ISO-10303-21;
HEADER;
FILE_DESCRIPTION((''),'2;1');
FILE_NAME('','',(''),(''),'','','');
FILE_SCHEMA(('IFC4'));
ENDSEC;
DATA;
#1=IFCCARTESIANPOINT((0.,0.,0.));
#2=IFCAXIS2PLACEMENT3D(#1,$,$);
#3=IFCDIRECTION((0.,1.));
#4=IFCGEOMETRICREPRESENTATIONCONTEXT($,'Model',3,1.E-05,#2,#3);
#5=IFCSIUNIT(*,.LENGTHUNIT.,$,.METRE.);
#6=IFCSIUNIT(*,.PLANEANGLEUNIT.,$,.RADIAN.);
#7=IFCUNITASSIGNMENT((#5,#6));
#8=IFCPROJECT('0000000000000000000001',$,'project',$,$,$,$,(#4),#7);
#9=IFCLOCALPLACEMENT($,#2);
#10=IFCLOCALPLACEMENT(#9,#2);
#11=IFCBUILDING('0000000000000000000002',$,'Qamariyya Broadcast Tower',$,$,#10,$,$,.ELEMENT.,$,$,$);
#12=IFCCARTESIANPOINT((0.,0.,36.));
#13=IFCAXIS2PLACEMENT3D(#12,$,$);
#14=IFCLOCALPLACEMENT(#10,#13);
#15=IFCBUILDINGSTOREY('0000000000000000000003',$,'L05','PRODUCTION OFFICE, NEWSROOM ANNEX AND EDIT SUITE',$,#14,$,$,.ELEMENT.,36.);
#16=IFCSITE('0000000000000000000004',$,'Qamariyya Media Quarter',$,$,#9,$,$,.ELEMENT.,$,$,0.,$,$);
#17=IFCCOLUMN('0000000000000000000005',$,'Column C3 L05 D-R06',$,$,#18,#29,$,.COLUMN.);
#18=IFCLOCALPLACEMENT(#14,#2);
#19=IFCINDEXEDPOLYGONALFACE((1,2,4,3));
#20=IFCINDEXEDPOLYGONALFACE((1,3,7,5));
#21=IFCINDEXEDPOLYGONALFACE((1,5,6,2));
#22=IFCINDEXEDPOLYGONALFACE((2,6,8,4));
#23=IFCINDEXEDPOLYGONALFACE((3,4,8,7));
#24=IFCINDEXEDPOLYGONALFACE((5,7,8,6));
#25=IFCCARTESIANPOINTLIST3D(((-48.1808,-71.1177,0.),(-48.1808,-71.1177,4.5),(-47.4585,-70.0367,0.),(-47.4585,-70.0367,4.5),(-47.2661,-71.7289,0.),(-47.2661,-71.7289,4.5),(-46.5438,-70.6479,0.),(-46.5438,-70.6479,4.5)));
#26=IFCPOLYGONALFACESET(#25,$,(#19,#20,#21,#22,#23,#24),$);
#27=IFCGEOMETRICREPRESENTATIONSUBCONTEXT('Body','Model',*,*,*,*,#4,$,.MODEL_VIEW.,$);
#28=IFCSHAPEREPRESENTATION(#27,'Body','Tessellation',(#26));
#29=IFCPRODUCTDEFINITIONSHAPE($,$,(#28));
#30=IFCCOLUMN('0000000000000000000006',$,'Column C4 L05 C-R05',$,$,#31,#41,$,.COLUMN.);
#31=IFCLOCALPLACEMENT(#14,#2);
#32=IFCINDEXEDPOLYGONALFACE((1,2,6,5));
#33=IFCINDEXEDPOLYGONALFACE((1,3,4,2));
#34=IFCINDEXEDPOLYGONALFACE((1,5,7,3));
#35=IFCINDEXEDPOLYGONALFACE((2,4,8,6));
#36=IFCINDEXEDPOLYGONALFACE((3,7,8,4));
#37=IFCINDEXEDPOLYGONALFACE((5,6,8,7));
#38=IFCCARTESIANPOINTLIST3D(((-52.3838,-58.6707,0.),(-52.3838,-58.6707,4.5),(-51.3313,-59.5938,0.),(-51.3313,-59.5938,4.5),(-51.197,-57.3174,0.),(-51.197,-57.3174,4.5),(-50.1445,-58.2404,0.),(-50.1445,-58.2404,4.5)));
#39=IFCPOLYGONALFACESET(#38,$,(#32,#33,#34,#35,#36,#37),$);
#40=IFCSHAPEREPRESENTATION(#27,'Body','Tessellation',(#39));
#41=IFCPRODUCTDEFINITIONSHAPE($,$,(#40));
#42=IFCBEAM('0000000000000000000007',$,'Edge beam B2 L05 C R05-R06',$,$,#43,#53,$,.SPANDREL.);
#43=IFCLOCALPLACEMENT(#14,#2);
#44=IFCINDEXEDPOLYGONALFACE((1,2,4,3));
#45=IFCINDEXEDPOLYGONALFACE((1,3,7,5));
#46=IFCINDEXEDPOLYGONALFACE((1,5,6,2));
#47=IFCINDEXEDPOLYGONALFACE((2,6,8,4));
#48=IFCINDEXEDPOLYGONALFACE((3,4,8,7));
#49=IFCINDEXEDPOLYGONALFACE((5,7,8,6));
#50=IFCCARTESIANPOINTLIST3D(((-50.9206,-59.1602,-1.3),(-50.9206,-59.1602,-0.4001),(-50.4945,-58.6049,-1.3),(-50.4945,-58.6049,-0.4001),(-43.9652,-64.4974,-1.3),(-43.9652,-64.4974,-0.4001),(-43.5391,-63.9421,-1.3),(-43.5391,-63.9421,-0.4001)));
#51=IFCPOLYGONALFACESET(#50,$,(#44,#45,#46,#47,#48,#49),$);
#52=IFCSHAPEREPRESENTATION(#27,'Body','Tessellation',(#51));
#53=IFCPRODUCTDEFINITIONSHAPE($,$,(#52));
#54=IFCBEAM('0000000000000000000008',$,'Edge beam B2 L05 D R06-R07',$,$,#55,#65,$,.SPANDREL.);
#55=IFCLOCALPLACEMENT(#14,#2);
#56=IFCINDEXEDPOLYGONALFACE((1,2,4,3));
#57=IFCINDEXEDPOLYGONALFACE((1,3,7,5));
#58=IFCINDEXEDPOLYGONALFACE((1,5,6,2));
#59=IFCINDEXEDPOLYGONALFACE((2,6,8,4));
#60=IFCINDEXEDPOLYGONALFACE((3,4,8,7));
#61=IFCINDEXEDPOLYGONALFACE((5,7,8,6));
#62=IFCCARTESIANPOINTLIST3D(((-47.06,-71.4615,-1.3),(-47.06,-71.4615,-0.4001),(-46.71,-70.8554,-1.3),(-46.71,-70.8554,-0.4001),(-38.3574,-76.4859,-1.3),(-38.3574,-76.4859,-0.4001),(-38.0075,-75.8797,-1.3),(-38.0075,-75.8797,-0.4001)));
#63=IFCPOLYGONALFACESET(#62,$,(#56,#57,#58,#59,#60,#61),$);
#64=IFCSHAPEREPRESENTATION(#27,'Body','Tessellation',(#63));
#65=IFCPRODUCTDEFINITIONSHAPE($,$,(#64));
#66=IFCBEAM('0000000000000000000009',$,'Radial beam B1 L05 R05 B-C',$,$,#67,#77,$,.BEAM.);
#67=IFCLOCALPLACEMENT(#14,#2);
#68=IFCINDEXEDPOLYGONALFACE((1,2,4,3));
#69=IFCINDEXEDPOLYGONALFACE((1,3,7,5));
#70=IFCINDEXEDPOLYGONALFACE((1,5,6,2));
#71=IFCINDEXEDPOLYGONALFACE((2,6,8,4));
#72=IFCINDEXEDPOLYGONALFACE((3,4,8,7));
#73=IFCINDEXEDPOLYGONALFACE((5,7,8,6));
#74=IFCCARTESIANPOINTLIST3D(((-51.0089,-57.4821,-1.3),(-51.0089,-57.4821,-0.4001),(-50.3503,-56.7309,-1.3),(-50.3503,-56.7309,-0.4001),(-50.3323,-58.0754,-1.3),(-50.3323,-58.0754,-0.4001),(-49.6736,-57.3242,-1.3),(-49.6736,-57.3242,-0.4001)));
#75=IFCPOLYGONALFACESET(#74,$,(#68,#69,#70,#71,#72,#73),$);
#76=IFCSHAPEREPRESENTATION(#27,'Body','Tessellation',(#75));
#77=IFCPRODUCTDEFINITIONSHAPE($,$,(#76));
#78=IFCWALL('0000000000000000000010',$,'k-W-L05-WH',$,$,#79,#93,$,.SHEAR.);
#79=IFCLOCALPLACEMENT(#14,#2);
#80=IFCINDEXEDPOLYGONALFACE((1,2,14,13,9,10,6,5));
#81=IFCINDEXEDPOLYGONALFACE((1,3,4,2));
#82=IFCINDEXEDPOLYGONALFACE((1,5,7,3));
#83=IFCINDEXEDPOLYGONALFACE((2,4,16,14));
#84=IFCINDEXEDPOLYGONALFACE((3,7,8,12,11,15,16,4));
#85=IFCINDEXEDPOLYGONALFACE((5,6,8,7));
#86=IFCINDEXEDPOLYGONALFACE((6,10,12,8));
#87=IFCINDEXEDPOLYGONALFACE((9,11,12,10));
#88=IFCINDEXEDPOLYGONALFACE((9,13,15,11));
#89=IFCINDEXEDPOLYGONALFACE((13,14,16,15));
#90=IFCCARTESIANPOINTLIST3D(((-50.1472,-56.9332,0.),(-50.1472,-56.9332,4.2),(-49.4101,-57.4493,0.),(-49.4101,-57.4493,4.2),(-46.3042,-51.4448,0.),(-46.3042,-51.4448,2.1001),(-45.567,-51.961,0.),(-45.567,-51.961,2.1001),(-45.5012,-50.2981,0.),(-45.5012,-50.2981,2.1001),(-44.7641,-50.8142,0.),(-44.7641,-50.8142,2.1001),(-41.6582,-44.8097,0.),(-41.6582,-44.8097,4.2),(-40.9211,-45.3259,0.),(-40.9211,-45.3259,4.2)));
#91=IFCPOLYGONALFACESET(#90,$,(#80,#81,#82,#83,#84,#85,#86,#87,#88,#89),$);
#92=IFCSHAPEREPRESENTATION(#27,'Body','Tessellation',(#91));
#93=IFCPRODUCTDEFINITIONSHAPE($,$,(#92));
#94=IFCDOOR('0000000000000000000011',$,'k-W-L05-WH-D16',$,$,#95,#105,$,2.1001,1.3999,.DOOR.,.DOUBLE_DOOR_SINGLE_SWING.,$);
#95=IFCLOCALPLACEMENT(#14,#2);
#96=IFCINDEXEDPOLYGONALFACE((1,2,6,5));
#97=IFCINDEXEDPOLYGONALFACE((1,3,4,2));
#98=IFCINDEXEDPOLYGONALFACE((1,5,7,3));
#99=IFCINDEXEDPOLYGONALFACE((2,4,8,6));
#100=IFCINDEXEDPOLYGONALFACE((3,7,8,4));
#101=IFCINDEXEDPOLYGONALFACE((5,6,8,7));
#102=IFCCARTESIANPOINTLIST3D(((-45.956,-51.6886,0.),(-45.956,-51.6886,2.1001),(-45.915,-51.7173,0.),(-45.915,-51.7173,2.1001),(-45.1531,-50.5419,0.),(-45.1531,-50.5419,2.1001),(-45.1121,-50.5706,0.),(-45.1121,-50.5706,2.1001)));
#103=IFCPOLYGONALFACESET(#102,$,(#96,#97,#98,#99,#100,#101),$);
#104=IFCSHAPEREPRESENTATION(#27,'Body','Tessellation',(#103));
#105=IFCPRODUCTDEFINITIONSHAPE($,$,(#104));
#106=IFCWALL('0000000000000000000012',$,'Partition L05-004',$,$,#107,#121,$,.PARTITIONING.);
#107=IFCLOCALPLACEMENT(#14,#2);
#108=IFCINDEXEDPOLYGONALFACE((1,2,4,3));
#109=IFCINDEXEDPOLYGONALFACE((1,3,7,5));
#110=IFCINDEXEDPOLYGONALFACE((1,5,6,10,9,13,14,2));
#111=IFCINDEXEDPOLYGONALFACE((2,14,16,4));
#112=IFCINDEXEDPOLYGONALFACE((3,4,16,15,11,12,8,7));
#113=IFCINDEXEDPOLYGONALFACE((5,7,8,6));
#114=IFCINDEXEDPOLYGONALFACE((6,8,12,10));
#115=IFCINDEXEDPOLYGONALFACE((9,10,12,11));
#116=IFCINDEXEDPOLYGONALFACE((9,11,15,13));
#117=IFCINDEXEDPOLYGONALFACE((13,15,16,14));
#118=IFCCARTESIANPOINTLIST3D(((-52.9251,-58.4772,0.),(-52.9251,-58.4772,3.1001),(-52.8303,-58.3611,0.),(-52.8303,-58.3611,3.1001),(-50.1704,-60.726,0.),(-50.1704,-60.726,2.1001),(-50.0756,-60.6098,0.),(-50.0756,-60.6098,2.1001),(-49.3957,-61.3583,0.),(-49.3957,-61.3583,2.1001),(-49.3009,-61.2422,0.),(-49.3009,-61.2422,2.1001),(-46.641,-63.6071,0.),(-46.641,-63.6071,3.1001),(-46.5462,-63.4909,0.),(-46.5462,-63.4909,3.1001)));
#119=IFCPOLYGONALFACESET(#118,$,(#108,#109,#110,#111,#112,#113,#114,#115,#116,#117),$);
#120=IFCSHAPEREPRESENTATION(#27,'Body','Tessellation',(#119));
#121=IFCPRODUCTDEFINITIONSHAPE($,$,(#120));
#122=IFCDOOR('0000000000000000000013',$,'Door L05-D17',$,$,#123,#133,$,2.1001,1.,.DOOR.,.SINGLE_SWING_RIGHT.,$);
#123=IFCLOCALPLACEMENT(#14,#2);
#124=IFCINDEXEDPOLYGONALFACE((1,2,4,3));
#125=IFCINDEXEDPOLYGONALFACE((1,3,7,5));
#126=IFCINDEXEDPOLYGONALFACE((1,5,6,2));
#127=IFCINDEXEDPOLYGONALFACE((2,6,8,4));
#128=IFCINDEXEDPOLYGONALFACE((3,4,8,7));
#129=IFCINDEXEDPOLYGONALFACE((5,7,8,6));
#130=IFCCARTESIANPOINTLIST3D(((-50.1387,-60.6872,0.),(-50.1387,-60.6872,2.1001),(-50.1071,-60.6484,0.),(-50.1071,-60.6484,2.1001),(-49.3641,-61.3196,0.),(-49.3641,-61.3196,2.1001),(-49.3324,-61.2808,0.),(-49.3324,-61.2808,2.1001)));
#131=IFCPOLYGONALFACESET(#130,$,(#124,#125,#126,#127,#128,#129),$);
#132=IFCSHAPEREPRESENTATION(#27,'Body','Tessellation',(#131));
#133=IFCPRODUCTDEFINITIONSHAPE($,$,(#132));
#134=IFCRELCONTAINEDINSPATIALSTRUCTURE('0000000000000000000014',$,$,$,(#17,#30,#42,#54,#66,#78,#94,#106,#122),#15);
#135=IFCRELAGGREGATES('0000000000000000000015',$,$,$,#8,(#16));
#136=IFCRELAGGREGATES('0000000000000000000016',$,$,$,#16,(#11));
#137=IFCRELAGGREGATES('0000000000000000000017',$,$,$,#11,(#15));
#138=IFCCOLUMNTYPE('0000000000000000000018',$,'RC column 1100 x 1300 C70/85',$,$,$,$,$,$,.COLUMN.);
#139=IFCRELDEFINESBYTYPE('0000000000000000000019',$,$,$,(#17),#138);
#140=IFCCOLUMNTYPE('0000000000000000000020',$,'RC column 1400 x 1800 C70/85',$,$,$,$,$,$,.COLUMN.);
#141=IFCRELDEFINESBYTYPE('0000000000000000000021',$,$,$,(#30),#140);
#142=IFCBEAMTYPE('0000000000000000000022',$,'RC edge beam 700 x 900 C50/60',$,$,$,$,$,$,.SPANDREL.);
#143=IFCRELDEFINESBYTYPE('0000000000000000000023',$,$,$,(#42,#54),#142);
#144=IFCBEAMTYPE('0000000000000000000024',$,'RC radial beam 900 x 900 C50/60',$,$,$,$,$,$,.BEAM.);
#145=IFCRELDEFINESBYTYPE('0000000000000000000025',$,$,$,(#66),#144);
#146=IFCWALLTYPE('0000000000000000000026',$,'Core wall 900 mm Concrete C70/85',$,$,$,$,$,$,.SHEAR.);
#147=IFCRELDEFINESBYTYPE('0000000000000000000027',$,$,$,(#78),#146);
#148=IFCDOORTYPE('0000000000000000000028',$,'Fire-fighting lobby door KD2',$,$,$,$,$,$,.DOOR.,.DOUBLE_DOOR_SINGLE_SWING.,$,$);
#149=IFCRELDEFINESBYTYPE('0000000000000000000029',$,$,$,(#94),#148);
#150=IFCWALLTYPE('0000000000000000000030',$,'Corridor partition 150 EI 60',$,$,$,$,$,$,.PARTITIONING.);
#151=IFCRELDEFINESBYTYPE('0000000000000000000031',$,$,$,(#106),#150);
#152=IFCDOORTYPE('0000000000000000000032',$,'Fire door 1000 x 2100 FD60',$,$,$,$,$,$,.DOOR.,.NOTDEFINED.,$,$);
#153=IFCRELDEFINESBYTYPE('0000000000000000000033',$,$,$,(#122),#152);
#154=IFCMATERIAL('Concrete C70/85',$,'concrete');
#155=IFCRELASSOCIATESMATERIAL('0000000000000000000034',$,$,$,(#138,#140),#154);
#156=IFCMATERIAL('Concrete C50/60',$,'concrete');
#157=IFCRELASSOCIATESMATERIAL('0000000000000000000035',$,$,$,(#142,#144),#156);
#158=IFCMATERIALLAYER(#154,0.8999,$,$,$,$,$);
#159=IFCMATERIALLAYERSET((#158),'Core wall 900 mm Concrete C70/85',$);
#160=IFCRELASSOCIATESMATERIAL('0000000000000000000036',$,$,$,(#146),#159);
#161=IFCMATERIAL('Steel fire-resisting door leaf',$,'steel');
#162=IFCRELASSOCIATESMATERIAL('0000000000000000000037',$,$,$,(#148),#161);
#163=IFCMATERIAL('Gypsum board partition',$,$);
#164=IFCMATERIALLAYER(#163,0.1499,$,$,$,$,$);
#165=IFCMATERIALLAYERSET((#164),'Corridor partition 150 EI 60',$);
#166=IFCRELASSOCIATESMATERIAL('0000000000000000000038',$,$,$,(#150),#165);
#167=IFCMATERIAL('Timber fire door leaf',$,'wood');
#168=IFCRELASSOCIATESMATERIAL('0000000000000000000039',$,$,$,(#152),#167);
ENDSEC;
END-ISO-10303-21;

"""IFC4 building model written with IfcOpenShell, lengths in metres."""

from ifc_helpers import new_model, si_unit, direction, frame, frame_2d, origin, origin_2d, place, context, subcontext, project, spatial, rectangle, extrude, material, layer, layer_set, material_profile, profile_set, type_object, element, fill, save


model = new_model("IFC4")

# Units and contexts
model_context = context("Model", 3, precision=1e-05, world=origin(), true_north=direction((0.0, 1.0)))
body_context = subcontext(model_context, "Body", "Model", "MODEL_VIEW")
ifc_project = project(units=[si_unit("LENGTHUNIT", "METRE"), si_unit("PLANEANGLEUNIT", "RADIAN")], contexts=[model_context])

# Site, building, storey
site_placement = place(None, origin())
site = spatial("IfcSite", under=ifc_project, at=site_placement, Name="Qamariyya Media Quarter", CompositionType="ELEMENT", RefElevation=0.0)
building_placement = place(site_placement, origin())
building = spatial("IfcBuilding", under=site, at=building_placement, Name="Qamariyya Broadcast Tower", CompositionType="ELEMENT")
storey_placement = place(building_placement, frame((0.0, 0.0, 36.0)))
storey = spatial("IfcBuildingStorey", under=building, at=storey_placement, Name="L05", Description="PRODUCTION OFFICE, NEWSROOM ANNEX AND EDIT SUITE", CompositionType="ELEMENT", Elevation=36.0)

# Columns
ifc_material_1 = material(Name="Concrete C70/85", Category="concrete")
ifc_material_profile_1 = material_profile(ifc_material_1, rectangle(XDim=1.1001, YDim=1.3, at=origin_2d()))
ifc_profile_set_1 = profile_set([ifc_material_profile_1], Name="Concrete C70/85")
column_type_1 = type_object("IfcColumnType", Name="RC column 1100 x 1300 C70/85", PredefinedType="COLUMN", material=ifc_profile_set_1)
column_1_placement = place(storey_placement, frame((-47.3623, -70.8828, 0.0), z_axis=(0.0, 0.0, 1.0), x_axis=(0.83147, -0.55557, 0.0)))
element("IfcColumn", 1, at=column_1_placement, inside=storey, type_object=column_type_1, Name="Column C3 L05 D-R06", PredefinedType="COLUMN", context=body_context, shape_type="SweptSolid", body=[
    extrude(rectangle(XDim=1.1001, YDim=1.3, at=origin_2d()), origin(), (0.0, 0.0, 1.0), 4.5),
])
ifc_material_profile_2 = material_profile(ifc_material_1, rectangle(XDim=1.3999, YDim=1.8, at=origin_2d()))
ifc_profile_set_2 = profile_set([ifc_material_profile_2], Name="Concrete C70/85")
column_type_2 = type_object("IfcColumnType", Name="RC column 1400 x 1800 C70/85", PredefinedType="COLUMN", material=ifc_profile_set_2)
column_2_placement = place(storey_placement, frame((-51.2642, -58.4556, 0.0), z_axis=(0.0, 0.0, 1.0), x_axis=(0.75184, -0.659346, 0.0)))
element("IfcColumn", 2, at=column_2_placement, inside=storey, type_object=column_type_2, Name="Column C4 L05 C-R05", PredefinedType="COLUMN", context=body_context, shape_type="SweptSolid", body=[
    extrude(rectangle(XDim=1.3999, YDim=1.8, at=origin_2d()), origin(), (0.0, 0.0, 1.0), 4.5),
])

# Beams
ifc_material_2 = material(Name="Concrete C50/60", Category="concrete")
ifc_material_profile_3 = material_profile(ifc_material_2, rectangle(XDim=0.7, YDim=0.8999, at=origin_2d()))
ifc_profile_set_3 = profile_set([ifc_material_profile_3], Name="Concrete C50/60")
beam_type_1 = type_object("IfcBeamType", Name="RC edge beam 700 x 900 C50/60", PredefinedType="SPANDREL", material=ifc_profile_set_3)
beam_1_placement = place(storey_placement, frame((-50.7075, -58.8826, -0.8501), z_axis=(0.793345, -0.608772, 0.0), x_axis=(0.608772, 0.793345, 0.0)))
element("IfcBeam", 3, at=beam_1_placement, inside=storey, type_object=beam_type_1, Name="Edge beam B2 L05 C R05-R06", PredefinedType="SPANDREL", context=body_context, shape_type="SweptSolid", body=[
    extrude(rectangle(XDim=0.7, YDim=0.8999, at=origin_2d()), origin(), (0.0, 0.0, 1.0), 8.7671),
])
beam_2_placement = place(storey_placement, frame((-46.885, -71.1584, -0.8501), z_axis=(0.866028, -0.499996, 0.0), x_axis=(0.499996, 0.866028, 0.0)))
element("IfcBeam", 4, at=beam_2_placement, inside=storey, type_object=beam_type_1, Name="Edge beam B2 L05 D R06-R07", PredefinedType="SPANDREL", context=body_context, shape_type="SweptSolid", body=[
    extrude(rectangle(XDim=0.7, YDim=0.8999, at=origin_2d()), origin(), (0.0, 0.0, 1.0), 10.0488),
])
ifc_material_profile_4 = material_profile(ifc_material_2, rectangle(XDim=0.8999, YDim=0.8999, at=origin_2d()))
ifc_profile_set_4 = profile_set([ifc_material_profile_4], Name="Concrete C50/60")
beam_type_2 = type_object("IfcBeamType", Name="RC radial beam 900 x 900 C50/60", PredefinedType="BEAM", material=ifc_profile_set_4)
beam_3_placement = place(storey_placement, frame((-50.012, -57.0276, -0.8501), z_axis=(-0.659283, -0.751895, 0.0), x_axis=(0.751895, -0.659283, 0.0)))
element("IfcBeam", 5, at=beam_3_placement, inside=storey, type_object=beam_type_2, Name="Radial beam B1 L05 R05 B-C", PredefinedType="BEAM", context=body_context, shape_type="SweptSolid", body=[
    extrude(rectangle(XDim=0.8999, YDim=0.8999, at=origin_2d()), origin(), (0.0, 0.0, 1.0), 0.999),
])

# Walls, openings, doors
ifc_layer_1 = layer(ifc_material_1, 0.8999)
ifc_layer_set_1 = layer_set([ifc_layer_1], Name="Core wall 900 mm Concrete C70/85")
wall_type_1 = type_object("IfcWallType", Name="Core wall 900 mm Concrete C70/85", PredefinedType="SHEAR", material=ifc_layer_set_1)
wall_1_placement = place(storey_placement, frame((-49.7786, -57.1912, 0.0), z_axis=(0.0, 0.0, 1.0), x_axis=(0.573577, 0.819151, 0.0)))
wall_1 = element("IfcWall", 6, at=wall_1_placement, inside=storey, type_object=wall_type_1, Name="k-W-L05-WH", PredefinedType="SHEAR", context=body_context, shape_type="SweptSolid", body=[
    extrude(rectangle(XDim=14.8, YDim=0.8999, at=frame_2d((7.3999, 0.0))), origin(), (0.0, 0.0, 1.0), 4.2),
])
opening_1_placement = place(wall_1_placement, frame((6.7, 0.0, 0.0)))
opening_1 = element("IfcOpeningElement", 7, at=opening_1_placement, cuts=wall_1, PredefinedType="OPENING", context=body_context, shape_type="SweptSolid", body=[
    extrude(rectangle(XDim=1.3999, YDim=2.1001, at=frame_2d((0.7, 1.05))), frame((0.0, 0.46, 0.0), z_axis=(0.0, -1.0, 0.0), x_axis=(1.0, 0.0, 0.0)), (0.0, 0.0, 1.0), 0.9199),
])
ifc_material_3 = material(Name="Steel fire-resisting door leaf", Category="steel")
door_type_1 = type_object("IfcDoorType", Name="Fire-fighting lobby door KD2", OperationType="DOUBLE_DOOR_SINGLE_SWING", PredefinedType="DOOR", material=ifc_material_3)
door_1_placement = place(opening_1_placement, origin())
door_1 = element("IfcDoor", 8, at=door_1_placement, inside=storey, type_object=door_type_1, Name="k-W-L05-WH-D16", OperationType="DOUBLE_DOOR_SINGLE_SWING", OverallHeight=2.1001, OverallWidth=1.3999, PredefinedType="DOOR", context=body_context, shape_type="SweptSolid", body=[
    extrude(rectangle(XDim=1.3999, YDim=2.1001, at=frame_2d((0.7, 1.05))), frame((0.0, 0.0249, 0.0), z_axis=(0.0, -1.0, 0.0), x_axis=(1.0, 0.0, 0.0)), (0.0, 0.0, 1.0), 0.05),
])
fill(opening_1, door_1)
ifc_material_4 = material(Name="Gypsum board partition")
ifc_layer_2 = layer(ifc_material_4, 0.1499)
ifc_layer_set_2 = layer_set([ifc_layer_2], Name="Corridor partition 150 EI 60")
wall_type_2 = type_object("IfcWallType", Name="Corridor partition 150 EI 60", PredefinedType="PARTITIONING", material=ifc_layer_set_2)
wall_2_placement = place(storey_placement, frame((-46.5935, -63.5491, 0.0), z_axis=(0.0, 0.0, 1.0), x_axis=(-0.774665, 0.632372, 0.0)))
wall_2 = element("IfcWall", 9, at=wall_2_placement, inside=storey, type_object=wall_type_2, Name="Partition L05-004", PredefinedType="PARTITIONING", context=body_context, shape_type="SweptSolid", body=[
    extrude(rectangle(XDim=8.1121, YDim=0.1499, at=frame_2d((4.0562, 0.0))), origin(), (0.0, 0.0, 1.0), 3.1001),
])
opening_2_placement = place(wall_2_placement, frame((3.5562, 0.0, 0.0)))
opening_2 = element("IfcOpeningElement", 10, at=opening_2_placement, cuts=wall_2, PredefinedType="OPENING", context=body_context, shape_type="SweptSolid", body=[
    extrude(rectangle(XDim=1.0, YDim=2.1001, at=frame_2d((0.5, 1.05))), frame((0.0, 0.085, 0.0), z_axis=(0.0, -1.0, 0.0), x_axis=(1.0, 0.0, 0.0)), (0.0, 0.0, 1.0), 0.1699),
])
ifc_material_5 = material(Name="Timber fire door leaf", Category="wood")
door_type_2 = type_object("IfcDoorType", Name="Fire door 1000 x 2100 FD60", OperationType="NOTDEFINED", PredefinedType="DOOR", material=ifc_material_5)
door_2_placement = place(opening_2_placement, origin())
door_2 = element("IfcDoor", 11, at=door_2_placement, inside=storey, type_object=door_type_2, Name="Door L05-D17", OperationType="SINGLE_SWING_RIGHT", OverallHeight=2.1001, OverallWidth=1.0, PredefinedType="DOOR", context=body_context, shape_type="SweptSolid", body=[
    extrude(rectangle(XDim=1.0, YDim=2.1001, at=frame_2d((0.5, 1.05))), frame((0.0, 0.0249, 0.0), z_axis=(0.0, -1.0, 0.0), x_axis=(1.0, 0.0, 0.0)), (0.0, 0.0, 1.0), 0.05),
])
fill(opening_2, door_2)

save(model, "model.ifc")
